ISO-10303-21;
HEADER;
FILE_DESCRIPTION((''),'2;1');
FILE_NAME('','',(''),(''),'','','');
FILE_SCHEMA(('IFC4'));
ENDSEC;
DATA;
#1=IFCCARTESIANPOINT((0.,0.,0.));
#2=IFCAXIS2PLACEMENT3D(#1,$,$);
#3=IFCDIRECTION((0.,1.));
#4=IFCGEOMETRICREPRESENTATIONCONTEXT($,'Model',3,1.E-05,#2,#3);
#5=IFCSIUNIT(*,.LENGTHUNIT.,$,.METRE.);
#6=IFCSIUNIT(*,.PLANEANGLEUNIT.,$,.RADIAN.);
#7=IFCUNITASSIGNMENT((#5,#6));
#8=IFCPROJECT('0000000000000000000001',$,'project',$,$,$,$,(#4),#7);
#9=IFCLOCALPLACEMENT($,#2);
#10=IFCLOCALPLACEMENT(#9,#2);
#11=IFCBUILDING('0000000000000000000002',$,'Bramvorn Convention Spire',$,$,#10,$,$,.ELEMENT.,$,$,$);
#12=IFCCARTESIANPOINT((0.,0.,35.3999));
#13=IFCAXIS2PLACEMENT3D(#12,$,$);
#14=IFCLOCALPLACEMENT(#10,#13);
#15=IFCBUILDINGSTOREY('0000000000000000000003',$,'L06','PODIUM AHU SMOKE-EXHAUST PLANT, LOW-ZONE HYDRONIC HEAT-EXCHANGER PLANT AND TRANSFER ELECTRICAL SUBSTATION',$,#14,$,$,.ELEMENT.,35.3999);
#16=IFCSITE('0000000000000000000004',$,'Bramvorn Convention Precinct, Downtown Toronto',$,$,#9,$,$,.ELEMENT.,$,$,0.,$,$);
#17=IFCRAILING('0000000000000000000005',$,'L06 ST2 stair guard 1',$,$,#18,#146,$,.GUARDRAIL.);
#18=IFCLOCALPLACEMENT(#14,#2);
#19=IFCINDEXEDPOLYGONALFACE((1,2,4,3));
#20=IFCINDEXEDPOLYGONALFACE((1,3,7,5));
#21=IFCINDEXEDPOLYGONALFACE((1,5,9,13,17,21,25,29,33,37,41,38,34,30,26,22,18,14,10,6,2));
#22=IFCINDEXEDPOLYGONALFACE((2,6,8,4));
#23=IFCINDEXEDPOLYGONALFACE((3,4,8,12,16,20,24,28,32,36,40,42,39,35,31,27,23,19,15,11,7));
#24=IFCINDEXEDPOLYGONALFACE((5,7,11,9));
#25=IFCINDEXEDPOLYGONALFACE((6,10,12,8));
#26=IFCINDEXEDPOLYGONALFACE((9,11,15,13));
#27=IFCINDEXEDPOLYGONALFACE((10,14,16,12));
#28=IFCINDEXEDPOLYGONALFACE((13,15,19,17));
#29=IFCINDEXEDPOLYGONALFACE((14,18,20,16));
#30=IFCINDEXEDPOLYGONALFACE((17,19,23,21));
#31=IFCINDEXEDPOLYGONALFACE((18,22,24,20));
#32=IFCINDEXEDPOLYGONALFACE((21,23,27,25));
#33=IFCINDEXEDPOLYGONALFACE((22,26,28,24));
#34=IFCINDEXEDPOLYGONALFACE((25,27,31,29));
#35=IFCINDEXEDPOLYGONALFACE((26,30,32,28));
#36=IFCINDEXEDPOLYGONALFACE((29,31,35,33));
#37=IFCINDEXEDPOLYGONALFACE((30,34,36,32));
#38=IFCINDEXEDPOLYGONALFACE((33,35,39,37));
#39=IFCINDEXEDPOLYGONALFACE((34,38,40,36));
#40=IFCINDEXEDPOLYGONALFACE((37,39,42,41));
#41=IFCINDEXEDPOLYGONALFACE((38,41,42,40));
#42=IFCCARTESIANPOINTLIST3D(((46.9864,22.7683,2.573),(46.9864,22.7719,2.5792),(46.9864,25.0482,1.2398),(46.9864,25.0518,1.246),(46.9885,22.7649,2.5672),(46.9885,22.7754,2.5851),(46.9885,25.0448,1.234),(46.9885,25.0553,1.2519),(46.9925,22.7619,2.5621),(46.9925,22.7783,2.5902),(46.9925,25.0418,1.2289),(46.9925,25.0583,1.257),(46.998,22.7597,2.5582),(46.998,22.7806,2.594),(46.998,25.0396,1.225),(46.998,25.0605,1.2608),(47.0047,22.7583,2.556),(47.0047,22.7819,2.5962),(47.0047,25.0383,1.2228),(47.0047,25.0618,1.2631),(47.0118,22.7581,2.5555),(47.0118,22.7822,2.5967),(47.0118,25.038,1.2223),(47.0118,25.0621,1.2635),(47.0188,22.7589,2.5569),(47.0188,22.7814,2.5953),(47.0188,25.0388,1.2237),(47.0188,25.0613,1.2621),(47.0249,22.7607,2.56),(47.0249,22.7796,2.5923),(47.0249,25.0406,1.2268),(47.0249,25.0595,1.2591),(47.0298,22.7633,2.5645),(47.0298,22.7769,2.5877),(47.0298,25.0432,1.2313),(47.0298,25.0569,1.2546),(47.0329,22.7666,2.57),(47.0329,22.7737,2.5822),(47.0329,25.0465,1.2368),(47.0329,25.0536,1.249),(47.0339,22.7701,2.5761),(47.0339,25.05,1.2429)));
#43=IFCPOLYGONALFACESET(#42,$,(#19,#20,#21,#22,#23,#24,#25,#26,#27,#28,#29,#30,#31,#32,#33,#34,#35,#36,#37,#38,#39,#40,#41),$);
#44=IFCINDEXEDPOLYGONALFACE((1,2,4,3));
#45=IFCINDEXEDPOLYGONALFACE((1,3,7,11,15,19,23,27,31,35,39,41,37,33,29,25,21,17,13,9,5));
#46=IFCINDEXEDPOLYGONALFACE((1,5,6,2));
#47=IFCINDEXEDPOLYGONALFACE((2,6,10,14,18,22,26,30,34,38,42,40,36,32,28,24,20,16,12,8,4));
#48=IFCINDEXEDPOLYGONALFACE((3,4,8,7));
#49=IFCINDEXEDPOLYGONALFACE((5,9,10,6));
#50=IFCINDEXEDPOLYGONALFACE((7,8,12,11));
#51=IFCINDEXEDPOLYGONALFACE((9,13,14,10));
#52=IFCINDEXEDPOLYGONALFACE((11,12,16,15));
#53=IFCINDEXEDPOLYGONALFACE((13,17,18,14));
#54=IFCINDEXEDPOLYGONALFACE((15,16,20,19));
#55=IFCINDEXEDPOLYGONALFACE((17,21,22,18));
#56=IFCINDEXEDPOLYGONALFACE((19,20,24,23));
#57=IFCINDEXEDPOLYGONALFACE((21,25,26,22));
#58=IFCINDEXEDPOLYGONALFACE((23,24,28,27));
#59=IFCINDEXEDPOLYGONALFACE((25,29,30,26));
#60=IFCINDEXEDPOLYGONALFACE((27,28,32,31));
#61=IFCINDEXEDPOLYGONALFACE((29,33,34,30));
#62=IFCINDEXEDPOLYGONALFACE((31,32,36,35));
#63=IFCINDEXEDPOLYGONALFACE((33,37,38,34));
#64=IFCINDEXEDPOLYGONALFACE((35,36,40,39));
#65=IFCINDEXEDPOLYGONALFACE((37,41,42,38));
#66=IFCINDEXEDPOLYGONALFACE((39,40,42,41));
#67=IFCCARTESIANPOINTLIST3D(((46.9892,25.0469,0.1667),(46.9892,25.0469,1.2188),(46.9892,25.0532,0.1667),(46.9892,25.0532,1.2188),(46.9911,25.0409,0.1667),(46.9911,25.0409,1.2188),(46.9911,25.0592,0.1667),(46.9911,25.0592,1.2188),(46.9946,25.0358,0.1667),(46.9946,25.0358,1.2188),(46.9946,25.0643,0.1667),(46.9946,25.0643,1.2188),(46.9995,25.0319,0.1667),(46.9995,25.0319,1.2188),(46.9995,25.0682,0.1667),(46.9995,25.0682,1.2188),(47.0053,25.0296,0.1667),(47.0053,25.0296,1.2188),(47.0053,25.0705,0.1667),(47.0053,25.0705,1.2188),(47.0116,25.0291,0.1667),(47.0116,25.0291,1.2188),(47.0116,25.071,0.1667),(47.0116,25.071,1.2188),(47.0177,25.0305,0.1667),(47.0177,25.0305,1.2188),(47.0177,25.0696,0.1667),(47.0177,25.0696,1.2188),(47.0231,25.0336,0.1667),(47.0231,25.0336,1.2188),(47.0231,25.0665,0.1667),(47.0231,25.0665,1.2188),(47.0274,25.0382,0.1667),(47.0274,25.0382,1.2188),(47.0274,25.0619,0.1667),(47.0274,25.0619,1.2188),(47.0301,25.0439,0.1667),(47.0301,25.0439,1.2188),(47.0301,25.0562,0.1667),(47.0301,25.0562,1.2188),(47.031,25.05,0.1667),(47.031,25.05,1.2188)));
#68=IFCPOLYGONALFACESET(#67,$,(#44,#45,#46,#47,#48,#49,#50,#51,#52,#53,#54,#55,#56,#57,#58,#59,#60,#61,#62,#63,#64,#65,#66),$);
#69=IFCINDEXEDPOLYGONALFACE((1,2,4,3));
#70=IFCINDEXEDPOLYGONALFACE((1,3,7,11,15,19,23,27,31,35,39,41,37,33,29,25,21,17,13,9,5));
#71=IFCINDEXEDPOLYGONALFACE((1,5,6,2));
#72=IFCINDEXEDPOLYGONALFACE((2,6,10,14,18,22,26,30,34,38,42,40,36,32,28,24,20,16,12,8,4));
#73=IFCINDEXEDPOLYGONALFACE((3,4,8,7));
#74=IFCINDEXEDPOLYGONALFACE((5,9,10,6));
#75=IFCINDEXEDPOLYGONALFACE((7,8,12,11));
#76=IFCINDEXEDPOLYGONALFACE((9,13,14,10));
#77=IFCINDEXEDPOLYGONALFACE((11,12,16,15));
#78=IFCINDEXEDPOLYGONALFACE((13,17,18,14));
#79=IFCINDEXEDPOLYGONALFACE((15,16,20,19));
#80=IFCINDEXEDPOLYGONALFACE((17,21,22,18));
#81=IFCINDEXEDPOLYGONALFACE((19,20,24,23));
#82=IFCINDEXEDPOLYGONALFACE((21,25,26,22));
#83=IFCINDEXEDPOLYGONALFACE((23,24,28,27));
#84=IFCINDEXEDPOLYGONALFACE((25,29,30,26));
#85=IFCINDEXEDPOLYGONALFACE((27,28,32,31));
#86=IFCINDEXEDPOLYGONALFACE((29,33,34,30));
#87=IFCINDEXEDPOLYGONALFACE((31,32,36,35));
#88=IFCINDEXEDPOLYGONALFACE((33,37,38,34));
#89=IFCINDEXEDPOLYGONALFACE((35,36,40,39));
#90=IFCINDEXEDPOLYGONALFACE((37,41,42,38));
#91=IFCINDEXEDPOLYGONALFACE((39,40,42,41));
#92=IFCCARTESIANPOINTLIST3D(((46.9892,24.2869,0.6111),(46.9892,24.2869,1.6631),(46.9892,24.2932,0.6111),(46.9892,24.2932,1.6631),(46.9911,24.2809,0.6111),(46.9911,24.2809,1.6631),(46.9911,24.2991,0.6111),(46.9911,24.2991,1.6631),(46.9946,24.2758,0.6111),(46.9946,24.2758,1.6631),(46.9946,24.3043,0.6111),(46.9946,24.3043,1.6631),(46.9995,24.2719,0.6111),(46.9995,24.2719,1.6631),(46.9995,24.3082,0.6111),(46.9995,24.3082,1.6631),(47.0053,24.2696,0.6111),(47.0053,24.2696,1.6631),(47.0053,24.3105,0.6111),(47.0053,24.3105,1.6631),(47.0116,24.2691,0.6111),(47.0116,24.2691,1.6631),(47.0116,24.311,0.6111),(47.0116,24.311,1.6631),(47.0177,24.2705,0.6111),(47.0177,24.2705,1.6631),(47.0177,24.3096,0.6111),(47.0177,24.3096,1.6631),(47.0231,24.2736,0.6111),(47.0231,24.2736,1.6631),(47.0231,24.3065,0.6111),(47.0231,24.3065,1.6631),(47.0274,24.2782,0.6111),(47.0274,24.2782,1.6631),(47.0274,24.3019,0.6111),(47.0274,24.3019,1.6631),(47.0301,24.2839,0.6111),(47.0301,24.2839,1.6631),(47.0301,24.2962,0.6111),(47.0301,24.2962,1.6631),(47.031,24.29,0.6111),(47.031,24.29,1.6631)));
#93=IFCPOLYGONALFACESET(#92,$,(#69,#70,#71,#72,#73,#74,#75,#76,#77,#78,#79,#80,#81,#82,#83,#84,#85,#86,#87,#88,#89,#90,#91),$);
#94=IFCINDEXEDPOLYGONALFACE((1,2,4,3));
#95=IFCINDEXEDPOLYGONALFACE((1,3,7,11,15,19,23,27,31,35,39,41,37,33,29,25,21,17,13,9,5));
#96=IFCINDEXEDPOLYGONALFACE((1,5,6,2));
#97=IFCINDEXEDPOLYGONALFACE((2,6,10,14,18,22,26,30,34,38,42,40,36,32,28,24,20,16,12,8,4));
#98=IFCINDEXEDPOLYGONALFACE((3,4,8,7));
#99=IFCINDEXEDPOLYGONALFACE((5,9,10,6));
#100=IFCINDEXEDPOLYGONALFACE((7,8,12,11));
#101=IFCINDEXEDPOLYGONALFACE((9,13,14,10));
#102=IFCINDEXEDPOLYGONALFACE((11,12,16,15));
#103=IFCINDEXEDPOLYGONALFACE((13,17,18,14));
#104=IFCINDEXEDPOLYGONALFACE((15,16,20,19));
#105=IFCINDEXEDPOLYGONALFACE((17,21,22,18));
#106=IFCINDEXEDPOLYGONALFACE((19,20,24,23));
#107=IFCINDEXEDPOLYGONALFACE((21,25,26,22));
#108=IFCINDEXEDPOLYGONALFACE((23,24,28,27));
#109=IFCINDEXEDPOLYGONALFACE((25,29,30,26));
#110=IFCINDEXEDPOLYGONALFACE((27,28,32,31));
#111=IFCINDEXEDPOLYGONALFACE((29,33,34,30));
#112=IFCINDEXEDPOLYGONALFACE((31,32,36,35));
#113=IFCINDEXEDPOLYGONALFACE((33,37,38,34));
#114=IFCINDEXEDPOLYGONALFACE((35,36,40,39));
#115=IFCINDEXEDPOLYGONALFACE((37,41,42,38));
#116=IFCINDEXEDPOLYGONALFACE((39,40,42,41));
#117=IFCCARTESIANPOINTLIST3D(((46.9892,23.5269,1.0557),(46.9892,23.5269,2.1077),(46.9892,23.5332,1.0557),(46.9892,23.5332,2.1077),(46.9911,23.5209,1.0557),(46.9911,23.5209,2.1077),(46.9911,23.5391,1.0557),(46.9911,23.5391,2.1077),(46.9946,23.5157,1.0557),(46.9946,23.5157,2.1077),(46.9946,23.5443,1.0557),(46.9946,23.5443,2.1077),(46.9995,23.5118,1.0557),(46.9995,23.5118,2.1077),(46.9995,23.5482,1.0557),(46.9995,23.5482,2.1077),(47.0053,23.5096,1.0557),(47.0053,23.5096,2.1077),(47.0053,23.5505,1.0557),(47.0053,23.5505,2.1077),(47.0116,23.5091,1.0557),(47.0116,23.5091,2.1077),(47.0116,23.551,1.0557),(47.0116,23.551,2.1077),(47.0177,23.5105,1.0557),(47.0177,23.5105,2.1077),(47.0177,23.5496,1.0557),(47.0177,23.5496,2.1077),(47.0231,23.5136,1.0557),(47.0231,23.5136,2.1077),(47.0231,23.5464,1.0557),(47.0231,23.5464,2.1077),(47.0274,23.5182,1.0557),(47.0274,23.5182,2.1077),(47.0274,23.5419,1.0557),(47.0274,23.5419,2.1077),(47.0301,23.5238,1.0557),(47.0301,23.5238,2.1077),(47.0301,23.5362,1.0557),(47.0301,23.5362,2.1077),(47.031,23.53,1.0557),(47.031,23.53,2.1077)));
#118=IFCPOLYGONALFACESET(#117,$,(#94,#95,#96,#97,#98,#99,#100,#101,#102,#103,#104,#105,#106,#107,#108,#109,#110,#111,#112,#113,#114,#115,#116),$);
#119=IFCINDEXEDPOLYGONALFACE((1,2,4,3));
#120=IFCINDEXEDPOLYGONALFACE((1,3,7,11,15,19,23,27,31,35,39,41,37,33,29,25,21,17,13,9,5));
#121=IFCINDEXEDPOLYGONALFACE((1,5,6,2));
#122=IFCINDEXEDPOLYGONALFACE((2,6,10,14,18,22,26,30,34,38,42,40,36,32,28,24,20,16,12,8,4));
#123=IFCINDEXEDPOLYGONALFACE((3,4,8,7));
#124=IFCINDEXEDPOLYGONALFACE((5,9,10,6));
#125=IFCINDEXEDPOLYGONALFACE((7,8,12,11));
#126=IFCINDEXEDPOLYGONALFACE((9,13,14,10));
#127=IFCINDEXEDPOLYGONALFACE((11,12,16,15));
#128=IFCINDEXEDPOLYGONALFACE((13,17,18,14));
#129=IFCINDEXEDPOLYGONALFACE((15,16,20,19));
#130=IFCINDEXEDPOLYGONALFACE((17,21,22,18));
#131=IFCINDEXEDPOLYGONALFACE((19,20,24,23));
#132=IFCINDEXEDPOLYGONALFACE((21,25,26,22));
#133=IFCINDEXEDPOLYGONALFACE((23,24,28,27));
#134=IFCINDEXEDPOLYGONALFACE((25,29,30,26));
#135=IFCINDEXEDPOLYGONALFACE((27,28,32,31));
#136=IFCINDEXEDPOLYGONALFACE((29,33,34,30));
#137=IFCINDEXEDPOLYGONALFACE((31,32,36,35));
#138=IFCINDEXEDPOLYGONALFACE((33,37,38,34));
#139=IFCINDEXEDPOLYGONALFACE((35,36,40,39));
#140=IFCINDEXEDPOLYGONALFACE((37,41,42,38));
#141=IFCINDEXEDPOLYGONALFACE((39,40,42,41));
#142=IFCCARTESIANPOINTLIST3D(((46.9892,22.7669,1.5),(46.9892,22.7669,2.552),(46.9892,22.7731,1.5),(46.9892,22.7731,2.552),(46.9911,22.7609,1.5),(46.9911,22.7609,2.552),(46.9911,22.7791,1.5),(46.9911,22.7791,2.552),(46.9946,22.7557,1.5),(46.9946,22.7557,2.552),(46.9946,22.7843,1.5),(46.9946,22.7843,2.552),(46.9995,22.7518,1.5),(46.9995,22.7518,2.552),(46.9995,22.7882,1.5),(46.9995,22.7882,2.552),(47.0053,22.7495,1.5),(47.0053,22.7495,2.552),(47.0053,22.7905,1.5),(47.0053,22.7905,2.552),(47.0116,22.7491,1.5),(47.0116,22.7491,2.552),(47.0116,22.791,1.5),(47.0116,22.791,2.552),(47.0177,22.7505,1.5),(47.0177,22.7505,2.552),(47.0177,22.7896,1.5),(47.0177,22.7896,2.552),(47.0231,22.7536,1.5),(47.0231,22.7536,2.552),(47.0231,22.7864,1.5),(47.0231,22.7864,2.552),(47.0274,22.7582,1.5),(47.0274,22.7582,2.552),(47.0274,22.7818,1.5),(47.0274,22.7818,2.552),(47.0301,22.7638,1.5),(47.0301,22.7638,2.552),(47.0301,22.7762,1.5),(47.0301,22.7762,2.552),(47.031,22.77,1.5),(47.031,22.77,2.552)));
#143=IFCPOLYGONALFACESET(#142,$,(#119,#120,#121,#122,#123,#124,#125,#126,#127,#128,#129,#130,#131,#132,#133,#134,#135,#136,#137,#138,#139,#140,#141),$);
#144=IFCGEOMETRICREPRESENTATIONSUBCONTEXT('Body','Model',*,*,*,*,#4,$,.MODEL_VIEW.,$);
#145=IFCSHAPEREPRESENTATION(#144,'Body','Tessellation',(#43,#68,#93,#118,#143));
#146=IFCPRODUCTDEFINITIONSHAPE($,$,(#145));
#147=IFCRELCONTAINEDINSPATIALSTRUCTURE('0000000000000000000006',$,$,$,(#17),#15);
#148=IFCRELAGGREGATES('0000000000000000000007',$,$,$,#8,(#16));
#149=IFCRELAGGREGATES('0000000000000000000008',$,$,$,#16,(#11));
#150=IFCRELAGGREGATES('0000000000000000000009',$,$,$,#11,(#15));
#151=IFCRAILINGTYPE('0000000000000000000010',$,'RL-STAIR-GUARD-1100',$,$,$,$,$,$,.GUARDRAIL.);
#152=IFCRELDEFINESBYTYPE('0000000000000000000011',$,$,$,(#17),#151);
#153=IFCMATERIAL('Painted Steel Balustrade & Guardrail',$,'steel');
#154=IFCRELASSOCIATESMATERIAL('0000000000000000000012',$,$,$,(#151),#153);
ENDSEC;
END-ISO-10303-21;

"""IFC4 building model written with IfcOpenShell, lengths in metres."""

from ifc_helpers import new_model, si_unit, direction, frame, origin, origin_2d, place, context, subcontext, project, spatial, circle, extrude, material, type_object, element, save


model = new_model("IFC4")

# Units and contexts
model_context = context("Model", 3, precision=1e-05, world=origin(), true_north=direction((0.0, 1.0)))
body_context = subcontext(model_context, "Body", "Model", "MODEL_VIEW")
ifc_project = project(units=[si_unit("LENGTHUNIT", "METRE"), si_unit("PLANEANGLEUNIT", "RADIAN")], contexts=[model_context])

# Site, building, storey
site_placement = place(None, origin())
site = spatial("IfcSite", under=ifc_project, at=site_placement, Name="Bramvorn Convention Precinct, Downtown Toronto", CompositionType="ELEMENT", RefElevation=0.0)
building_placement = place(site_placement, origin())
building = spatial("IfcBuilding", under=site, at=building_placement, Name="Bramvorn Convention Spire", CompositionType="ELEMENT")
storey_placement = place(building_placement, frame((0.0, 0.0, 35.3999)))
storey = spatial("IfcBuildingStorey", under=building, at=storey_placement, Name="L06", Description="PODIUM AHU SMOKE-EXHAUST PLANT, LOW-ZONE HYDRONIC HEAT-EXCHANGER PLANT AND TRANSFER ELECTRICAL SUBSTATION", CompositionType="ELEMENT", Elevation=35.3999)

# Railing
ifc_material_1 = material(Name="Painted Steel Balustrade & Guardrail", Category="steel")
railing_type_1 = type_object("IfcRailingType", Name="RL-STAIR-GUARD-1100", PredefinedType="GUARDRAIL", material=ifc_material_1)
railing_1_placement = place(storey_placement, frame((47.01, 25.05, 0.1667)))
element("IfcRailing", 1, at=railing_1_placement, inside=storey, type_object=railing_type_1, Name="L06 ST2 stair guard 1", PredefinedType="GUARDRAIL", context=body_context, shape_type="SweptSolid", body=[
    extrude(circle(Radius=0.0239, at=origin_2d()), frame((0.0, 0.0, 1.0762), z_axis=(0.0, -0.863245, 0.504785), x_axis=(1.0, 0.0, 0.0)), (0.0, 0.0, 1.0), 2.6411),
    extrude(circle(Radius=0.021, at=origin_2d()), origin(), (0.0, 0.0, 1.0), 1.052),
    extrude(circle(Radius=0.021, at=origin_2d()), frame((0.0, -0.76, 0.4443)), (0.0, 0.0, 1.0), 1.052),
    extrude(circle(Radius=0.021, at=origin_2d()), frame((0.0, -1.52, 0.8889)), (0.0, 0.0, 1.0), 1.052),
    extrude(circle(Radius=0.021, at=origin_2d()), frame((0.0, -2.28, 1.3333)), (0.0, 0.0, 1.0), 1.052),
])

save(model, "model.ifc")
